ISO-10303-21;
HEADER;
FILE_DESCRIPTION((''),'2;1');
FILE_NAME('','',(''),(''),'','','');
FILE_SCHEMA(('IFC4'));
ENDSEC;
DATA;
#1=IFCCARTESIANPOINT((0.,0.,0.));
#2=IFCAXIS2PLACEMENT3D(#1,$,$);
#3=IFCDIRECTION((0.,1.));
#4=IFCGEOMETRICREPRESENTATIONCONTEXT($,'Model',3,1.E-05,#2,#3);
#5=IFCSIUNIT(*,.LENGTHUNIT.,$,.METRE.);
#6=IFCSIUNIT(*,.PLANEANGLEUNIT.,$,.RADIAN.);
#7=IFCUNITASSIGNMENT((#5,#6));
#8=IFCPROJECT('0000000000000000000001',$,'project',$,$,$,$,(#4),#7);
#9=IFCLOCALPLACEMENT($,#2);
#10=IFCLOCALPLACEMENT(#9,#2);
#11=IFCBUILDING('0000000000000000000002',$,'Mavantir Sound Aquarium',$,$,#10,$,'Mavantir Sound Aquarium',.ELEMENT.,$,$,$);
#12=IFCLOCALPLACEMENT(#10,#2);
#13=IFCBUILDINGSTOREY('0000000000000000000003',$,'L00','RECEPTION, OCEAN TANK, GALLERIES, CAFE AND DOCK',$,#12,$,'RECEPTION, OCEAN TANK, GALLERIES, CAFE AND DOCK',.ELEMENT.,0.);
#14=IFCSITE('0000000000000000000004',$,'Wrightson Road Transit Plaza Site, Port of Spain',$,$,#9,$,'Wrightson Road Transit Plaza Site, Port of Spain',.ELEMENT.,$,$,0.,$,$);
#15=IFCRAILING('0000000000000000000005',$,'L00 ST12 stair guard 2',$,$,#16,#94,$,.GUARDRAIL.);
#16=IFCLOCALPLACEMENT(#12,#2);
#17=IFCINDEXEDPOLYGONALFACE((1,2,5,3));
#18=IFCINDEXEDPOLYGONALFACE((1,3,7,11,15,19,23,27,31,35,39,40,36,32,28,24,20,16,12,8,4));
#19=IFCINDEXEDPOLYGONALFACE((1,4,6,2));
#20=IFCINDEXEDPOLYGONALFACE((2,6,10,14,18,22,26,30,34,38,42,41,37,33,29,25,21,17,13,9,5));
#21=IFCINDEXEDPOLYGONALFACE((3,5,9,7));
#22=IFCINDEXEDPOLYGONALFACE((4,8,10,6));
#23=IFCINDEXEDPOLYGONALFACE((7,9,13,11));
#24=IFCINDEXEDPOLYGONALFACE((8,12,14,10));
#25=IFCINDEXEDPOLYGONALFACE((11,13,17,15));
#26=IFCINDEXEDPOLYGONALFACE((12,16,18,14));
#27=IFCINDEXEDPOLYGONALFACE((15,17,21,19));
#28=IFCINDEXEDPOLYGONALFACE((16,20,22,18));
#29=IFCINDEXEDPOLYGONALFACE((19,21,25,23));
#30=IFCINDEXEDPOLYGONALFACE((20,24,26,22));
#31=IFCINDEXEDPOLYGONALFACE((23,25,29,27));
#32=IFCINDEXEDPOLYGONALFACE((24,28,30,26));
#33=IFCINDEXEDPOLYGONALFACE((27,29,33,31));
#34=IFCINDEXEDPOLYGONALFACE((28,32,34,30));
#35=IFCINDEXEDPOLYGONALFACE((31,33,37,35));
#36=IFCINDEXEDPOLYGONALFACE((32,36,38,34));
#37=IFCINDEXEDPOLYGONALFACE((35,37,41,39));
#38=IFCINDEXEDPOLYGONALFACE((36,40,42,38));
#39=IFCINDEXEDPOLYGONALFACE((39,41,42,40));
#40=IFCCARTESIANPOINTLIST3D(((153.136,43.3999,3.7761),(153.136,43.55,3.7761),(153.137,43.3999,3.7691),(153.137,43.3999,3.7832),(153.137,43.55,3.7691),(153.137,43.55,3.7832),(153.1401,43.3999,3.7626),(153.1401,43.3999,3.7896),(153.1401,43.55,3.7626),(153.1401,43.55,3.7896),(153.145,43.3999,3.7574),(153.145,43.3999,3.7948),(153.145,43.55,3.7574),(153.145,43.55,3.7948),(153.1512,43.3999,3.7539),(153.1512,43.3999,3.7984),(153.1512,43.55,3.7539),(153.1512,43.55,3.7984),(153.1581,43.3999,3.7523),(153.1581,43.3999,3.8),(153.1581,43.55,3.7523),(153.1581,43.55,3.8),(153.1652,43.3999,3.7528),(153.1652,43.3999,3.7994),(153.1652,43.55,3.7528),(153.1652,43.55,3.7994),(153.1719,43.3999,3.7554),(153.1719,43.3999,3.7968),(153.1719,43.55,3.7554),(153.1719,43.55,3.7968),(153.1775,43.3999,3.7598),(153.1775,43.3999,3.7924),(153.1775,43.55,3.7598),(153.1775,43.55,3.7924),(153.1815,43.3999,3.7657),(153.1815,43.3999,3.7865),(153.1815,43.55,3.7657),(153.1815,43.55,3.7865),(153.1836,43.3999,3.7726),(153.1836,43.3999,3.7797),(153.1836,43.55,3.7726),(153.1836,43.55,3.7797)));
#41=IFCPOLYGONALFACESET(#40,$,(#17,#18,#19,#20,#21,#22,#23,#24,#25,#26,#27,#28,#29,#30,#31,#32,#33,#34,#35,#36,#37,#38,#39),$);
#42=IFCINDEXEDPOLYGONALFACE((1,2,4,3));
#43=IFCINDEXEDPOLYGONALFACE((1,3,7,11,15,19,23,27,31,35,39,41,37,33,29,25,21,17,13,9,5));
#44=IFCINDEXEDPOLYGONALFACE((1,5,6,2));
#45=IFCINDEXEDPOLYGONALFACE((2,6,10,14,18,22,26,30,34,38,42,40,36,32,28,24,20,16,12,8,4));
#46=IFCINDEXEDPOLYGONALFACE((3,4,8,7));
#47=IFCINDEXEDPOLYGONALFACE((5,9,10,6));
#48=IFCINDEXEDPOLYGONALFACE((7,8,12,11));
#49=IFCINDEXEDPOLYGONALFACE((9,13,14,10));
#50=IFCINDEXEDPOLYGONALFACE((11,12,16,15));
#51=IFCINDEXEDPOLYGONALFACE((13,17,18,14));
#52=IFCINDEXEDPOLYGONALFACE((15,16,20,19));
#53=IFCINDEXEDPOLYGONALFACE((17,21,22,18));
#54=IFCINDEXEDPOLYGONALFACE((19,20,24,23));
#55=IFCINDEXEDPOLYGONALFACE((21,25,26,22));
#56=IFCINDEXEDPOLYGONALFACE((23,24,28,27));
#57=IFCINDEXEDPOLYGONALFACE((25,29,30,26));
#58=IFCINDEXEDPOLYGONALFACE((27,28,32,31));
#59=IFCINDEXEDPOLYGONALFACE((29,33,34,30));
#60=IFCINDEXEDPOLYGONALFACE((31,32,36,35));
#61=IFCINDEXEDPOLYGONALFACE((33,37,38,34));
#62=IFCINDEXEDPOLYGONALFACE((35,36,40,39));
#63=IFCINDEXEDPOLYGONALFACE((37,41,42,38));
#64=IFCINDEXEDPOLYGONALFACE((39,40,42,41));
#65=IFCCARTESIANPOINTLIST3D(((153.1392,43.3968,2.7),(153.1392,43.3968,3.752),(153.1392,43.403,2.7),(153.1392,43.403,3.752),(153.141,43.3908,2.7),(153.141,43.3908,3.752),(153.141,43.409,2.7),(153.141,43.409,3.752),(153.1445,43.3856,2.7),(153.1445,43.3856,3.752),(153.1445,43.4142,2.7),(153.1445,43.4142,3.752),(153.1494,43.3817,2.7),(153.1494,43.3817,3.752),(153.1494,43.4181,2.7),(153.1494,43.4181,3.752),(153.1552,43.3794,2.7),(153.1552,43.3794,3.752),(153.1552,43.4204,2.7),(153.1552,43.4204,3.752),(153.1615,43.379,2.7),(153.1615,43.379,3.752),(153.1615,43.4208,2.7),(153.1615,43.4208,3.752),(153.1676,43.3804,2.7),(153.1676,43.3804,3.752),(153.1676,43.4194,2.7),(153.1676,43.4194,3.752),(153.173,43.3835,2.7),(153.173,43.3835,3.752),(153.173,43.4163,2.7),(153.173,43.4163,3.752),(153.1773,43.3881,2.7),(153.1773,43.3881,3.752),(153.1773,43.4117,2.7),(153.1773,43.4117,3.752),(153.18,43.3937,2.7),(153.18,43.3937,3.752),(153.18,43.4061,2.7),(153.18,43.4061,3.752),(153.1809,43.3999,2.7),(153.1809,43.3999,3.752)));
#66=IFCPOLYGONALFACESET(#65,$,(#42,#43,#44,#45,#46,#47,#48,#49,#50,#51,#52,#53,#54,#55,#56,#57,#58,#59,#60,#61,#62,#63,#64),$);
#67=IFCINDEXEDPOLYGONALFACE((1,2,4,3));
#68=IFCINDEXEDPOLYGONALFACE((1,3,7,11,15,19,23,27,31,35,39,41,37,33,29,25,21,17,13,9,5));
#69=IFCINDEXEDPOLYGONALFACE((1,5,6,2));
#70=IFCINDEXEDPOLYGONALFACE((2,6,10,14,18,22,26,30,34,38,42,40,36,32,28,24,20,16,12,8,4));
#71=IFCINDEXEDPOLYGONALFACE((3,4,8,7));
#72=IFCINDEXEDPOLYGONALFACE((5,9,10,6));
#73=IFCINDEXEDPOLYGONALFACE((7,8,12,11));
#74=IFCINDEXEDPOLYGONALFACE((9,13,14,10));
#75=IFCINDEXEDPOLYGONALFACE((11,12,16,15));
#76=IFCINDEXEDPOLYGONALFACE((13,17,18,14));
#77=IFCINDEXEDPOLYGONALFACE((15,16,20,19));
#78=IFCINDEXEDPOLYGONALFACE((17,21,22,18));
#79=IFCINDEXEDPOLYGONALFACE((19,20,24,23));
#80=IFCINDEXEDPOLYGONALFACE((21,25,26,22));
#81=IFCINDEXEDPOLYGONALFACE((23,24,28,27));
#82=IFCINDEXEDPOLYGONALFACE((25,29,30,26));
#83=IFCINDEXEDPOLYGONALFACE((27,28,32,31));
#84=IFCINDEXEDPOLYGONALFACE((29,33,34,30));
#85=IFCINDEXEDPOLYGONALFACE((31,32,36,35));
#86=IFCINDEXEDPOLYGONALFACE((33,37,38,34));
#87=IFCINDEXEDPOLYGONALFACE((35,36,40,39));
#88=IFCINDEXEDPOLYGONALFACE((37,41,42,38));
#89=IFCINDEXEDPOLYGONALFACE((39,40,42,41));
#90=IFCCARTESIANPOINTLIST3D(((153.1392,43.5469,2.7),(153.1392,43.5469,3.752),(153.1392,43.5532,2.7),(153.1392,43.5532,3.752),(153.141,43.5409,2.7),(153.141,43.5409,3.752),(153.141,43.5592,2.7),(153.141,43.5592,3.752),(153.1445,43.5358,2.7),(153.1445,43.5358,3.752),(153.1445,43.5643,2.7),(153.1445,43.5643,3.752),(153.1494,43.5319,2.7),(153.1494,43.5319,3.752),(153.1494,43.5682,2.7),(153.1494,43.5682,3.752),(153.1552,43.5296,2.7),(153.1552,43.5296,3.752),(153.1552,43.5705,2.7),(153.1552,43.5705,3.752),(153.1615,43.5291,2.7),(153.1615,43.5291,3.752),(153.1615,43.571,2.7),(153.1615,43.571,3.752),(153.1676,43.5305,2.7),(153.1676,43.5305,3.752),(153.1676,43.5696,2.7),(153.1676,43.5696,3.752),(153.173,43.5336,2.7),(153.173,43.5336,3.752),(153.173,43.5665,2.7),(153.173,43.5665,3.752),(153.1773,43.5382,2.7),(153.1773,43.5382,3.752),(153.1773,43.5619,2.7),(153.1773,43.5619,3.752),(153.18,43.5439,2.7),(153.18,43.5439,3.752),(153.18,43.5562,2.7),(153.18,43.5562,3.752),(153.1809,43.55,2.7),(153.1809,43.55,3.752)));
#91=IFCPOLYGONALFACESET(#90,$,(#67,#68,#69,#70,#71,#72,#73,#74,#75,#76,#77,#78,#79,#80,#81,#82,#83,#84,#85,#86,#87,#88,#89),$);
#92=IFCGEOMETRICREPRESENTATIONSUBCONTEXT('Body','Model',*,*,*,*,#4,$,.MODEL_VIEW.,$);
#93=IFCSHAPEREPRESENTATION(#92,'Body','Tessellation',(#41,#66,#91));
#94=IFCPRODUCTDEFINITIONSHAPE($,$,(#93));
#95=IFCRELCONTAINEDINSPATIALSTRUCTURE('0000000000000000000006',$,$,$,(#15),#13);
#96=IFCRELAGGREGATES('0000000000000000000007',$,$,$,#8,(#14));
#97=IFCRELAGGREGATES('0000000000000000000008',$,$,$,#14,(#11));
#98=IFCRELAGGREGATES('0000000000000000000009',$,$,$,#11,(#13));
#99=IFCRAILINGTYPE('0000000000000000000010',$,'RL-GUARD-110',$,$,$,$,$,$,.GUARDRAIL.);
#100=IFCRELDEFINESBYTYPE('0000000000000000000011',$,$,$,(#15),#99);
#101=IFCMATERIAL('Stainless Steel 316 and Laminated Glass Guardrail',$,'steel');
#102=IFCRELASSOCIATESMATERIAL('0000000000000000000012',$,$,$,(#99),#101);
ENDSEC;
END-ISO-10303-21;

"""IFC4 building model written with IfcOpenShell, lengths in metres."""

from ifc_helpers import new_model, si_unit, direction, frame, origin, origin_2d, place, context, subcontext, project, spatial, circle, extrude, material, type_object, element, save


model = new_model("IFC4")

# Units and contexts
model_context = context("Model", 3, precision=1e-05, world=origin(), true_north=direction((0.0, 1.0)))
body_context = subcontext(model_context, "Body", "Model", "MODEL_VIEW")
ifc_project = project(units=[si_unit("LENGTHUNIT", "METRE"), si_unit("PLANEANGLEUNIT", "RADIAN")], contexts=[model_context])

# Site, building, storey
site_placement = place(None, origin())
site = spatial("IfcSite", under=ifc_project, at=site_placement, Name="Wrightson Road Transit Plaza Site, Port of Spain", LongName="Wrightson Road Transit Plaza Site, Port of Spain", CompositionType="ELEMENT", RefElevation=0.0)
building_placement = place(site_placement, origin())
building = spatial("IfcBuilding", under=site, at=building_placement, Name="Mavantir Sound Aquarium", LongName="Mavantir Sound Aquarium", CompositionType="ELEMENT")
storey_placement = place(building_placement, origin())
storey = spatial("IfcBuildingStorey", under=building, at=storey_placement, Name="L00", Description="RECEPTION, OCEAN TANK, GALLERIES, CAFE AND DOCK", LongName="RECEPTION, OCEAN TANK, GALLERIES, CAFE AND DOCK", CompositionType="ELEMENT", Elevation=0.0)

# Railing
ifc_material_1 = material(Name="Stainless Steel 316 and Laminated Glass Guardrail", Category="steel")
railing_type_1 = type_object("IfcRailingType", Name="RL-GUARD-110", PredefinedType="GUARDRAIL", material=ifc_material_1)
railing_1_placement = place(storey_placement, frame((153.1599, 43.3999, 2.7)))
element("IfcRailing", 1, at=railing_1_placement, inside=storey, type_object=railing_type_1, Name="L00 ST12 stair guard 2", PredefinedType="GUARDRAIL", context=body_context, shape_type="SweptSolid", body=[
    extrude(circle(Radius=0.0239, at=origin_2d()), frame((0.0, 0.0, 1.0762), z_axis=(0.0, 1.0, 0.0), x_axis=(-1.0, 0.0, 0.0)), (0.0, 0.0, 1.0), 0.1501),
    extrude(circle(Radius=0.021, at=origin_2d()), origin(), (0.0, 0.0, 1.0), 1.052),
    extrude(circle(Radius=0.021, at=origin_2d()), frame((0.0, 0.1501, 0.0)), (0.0, 0.0, 1.0), 1.052),
])

save(model, "model.ifc")
